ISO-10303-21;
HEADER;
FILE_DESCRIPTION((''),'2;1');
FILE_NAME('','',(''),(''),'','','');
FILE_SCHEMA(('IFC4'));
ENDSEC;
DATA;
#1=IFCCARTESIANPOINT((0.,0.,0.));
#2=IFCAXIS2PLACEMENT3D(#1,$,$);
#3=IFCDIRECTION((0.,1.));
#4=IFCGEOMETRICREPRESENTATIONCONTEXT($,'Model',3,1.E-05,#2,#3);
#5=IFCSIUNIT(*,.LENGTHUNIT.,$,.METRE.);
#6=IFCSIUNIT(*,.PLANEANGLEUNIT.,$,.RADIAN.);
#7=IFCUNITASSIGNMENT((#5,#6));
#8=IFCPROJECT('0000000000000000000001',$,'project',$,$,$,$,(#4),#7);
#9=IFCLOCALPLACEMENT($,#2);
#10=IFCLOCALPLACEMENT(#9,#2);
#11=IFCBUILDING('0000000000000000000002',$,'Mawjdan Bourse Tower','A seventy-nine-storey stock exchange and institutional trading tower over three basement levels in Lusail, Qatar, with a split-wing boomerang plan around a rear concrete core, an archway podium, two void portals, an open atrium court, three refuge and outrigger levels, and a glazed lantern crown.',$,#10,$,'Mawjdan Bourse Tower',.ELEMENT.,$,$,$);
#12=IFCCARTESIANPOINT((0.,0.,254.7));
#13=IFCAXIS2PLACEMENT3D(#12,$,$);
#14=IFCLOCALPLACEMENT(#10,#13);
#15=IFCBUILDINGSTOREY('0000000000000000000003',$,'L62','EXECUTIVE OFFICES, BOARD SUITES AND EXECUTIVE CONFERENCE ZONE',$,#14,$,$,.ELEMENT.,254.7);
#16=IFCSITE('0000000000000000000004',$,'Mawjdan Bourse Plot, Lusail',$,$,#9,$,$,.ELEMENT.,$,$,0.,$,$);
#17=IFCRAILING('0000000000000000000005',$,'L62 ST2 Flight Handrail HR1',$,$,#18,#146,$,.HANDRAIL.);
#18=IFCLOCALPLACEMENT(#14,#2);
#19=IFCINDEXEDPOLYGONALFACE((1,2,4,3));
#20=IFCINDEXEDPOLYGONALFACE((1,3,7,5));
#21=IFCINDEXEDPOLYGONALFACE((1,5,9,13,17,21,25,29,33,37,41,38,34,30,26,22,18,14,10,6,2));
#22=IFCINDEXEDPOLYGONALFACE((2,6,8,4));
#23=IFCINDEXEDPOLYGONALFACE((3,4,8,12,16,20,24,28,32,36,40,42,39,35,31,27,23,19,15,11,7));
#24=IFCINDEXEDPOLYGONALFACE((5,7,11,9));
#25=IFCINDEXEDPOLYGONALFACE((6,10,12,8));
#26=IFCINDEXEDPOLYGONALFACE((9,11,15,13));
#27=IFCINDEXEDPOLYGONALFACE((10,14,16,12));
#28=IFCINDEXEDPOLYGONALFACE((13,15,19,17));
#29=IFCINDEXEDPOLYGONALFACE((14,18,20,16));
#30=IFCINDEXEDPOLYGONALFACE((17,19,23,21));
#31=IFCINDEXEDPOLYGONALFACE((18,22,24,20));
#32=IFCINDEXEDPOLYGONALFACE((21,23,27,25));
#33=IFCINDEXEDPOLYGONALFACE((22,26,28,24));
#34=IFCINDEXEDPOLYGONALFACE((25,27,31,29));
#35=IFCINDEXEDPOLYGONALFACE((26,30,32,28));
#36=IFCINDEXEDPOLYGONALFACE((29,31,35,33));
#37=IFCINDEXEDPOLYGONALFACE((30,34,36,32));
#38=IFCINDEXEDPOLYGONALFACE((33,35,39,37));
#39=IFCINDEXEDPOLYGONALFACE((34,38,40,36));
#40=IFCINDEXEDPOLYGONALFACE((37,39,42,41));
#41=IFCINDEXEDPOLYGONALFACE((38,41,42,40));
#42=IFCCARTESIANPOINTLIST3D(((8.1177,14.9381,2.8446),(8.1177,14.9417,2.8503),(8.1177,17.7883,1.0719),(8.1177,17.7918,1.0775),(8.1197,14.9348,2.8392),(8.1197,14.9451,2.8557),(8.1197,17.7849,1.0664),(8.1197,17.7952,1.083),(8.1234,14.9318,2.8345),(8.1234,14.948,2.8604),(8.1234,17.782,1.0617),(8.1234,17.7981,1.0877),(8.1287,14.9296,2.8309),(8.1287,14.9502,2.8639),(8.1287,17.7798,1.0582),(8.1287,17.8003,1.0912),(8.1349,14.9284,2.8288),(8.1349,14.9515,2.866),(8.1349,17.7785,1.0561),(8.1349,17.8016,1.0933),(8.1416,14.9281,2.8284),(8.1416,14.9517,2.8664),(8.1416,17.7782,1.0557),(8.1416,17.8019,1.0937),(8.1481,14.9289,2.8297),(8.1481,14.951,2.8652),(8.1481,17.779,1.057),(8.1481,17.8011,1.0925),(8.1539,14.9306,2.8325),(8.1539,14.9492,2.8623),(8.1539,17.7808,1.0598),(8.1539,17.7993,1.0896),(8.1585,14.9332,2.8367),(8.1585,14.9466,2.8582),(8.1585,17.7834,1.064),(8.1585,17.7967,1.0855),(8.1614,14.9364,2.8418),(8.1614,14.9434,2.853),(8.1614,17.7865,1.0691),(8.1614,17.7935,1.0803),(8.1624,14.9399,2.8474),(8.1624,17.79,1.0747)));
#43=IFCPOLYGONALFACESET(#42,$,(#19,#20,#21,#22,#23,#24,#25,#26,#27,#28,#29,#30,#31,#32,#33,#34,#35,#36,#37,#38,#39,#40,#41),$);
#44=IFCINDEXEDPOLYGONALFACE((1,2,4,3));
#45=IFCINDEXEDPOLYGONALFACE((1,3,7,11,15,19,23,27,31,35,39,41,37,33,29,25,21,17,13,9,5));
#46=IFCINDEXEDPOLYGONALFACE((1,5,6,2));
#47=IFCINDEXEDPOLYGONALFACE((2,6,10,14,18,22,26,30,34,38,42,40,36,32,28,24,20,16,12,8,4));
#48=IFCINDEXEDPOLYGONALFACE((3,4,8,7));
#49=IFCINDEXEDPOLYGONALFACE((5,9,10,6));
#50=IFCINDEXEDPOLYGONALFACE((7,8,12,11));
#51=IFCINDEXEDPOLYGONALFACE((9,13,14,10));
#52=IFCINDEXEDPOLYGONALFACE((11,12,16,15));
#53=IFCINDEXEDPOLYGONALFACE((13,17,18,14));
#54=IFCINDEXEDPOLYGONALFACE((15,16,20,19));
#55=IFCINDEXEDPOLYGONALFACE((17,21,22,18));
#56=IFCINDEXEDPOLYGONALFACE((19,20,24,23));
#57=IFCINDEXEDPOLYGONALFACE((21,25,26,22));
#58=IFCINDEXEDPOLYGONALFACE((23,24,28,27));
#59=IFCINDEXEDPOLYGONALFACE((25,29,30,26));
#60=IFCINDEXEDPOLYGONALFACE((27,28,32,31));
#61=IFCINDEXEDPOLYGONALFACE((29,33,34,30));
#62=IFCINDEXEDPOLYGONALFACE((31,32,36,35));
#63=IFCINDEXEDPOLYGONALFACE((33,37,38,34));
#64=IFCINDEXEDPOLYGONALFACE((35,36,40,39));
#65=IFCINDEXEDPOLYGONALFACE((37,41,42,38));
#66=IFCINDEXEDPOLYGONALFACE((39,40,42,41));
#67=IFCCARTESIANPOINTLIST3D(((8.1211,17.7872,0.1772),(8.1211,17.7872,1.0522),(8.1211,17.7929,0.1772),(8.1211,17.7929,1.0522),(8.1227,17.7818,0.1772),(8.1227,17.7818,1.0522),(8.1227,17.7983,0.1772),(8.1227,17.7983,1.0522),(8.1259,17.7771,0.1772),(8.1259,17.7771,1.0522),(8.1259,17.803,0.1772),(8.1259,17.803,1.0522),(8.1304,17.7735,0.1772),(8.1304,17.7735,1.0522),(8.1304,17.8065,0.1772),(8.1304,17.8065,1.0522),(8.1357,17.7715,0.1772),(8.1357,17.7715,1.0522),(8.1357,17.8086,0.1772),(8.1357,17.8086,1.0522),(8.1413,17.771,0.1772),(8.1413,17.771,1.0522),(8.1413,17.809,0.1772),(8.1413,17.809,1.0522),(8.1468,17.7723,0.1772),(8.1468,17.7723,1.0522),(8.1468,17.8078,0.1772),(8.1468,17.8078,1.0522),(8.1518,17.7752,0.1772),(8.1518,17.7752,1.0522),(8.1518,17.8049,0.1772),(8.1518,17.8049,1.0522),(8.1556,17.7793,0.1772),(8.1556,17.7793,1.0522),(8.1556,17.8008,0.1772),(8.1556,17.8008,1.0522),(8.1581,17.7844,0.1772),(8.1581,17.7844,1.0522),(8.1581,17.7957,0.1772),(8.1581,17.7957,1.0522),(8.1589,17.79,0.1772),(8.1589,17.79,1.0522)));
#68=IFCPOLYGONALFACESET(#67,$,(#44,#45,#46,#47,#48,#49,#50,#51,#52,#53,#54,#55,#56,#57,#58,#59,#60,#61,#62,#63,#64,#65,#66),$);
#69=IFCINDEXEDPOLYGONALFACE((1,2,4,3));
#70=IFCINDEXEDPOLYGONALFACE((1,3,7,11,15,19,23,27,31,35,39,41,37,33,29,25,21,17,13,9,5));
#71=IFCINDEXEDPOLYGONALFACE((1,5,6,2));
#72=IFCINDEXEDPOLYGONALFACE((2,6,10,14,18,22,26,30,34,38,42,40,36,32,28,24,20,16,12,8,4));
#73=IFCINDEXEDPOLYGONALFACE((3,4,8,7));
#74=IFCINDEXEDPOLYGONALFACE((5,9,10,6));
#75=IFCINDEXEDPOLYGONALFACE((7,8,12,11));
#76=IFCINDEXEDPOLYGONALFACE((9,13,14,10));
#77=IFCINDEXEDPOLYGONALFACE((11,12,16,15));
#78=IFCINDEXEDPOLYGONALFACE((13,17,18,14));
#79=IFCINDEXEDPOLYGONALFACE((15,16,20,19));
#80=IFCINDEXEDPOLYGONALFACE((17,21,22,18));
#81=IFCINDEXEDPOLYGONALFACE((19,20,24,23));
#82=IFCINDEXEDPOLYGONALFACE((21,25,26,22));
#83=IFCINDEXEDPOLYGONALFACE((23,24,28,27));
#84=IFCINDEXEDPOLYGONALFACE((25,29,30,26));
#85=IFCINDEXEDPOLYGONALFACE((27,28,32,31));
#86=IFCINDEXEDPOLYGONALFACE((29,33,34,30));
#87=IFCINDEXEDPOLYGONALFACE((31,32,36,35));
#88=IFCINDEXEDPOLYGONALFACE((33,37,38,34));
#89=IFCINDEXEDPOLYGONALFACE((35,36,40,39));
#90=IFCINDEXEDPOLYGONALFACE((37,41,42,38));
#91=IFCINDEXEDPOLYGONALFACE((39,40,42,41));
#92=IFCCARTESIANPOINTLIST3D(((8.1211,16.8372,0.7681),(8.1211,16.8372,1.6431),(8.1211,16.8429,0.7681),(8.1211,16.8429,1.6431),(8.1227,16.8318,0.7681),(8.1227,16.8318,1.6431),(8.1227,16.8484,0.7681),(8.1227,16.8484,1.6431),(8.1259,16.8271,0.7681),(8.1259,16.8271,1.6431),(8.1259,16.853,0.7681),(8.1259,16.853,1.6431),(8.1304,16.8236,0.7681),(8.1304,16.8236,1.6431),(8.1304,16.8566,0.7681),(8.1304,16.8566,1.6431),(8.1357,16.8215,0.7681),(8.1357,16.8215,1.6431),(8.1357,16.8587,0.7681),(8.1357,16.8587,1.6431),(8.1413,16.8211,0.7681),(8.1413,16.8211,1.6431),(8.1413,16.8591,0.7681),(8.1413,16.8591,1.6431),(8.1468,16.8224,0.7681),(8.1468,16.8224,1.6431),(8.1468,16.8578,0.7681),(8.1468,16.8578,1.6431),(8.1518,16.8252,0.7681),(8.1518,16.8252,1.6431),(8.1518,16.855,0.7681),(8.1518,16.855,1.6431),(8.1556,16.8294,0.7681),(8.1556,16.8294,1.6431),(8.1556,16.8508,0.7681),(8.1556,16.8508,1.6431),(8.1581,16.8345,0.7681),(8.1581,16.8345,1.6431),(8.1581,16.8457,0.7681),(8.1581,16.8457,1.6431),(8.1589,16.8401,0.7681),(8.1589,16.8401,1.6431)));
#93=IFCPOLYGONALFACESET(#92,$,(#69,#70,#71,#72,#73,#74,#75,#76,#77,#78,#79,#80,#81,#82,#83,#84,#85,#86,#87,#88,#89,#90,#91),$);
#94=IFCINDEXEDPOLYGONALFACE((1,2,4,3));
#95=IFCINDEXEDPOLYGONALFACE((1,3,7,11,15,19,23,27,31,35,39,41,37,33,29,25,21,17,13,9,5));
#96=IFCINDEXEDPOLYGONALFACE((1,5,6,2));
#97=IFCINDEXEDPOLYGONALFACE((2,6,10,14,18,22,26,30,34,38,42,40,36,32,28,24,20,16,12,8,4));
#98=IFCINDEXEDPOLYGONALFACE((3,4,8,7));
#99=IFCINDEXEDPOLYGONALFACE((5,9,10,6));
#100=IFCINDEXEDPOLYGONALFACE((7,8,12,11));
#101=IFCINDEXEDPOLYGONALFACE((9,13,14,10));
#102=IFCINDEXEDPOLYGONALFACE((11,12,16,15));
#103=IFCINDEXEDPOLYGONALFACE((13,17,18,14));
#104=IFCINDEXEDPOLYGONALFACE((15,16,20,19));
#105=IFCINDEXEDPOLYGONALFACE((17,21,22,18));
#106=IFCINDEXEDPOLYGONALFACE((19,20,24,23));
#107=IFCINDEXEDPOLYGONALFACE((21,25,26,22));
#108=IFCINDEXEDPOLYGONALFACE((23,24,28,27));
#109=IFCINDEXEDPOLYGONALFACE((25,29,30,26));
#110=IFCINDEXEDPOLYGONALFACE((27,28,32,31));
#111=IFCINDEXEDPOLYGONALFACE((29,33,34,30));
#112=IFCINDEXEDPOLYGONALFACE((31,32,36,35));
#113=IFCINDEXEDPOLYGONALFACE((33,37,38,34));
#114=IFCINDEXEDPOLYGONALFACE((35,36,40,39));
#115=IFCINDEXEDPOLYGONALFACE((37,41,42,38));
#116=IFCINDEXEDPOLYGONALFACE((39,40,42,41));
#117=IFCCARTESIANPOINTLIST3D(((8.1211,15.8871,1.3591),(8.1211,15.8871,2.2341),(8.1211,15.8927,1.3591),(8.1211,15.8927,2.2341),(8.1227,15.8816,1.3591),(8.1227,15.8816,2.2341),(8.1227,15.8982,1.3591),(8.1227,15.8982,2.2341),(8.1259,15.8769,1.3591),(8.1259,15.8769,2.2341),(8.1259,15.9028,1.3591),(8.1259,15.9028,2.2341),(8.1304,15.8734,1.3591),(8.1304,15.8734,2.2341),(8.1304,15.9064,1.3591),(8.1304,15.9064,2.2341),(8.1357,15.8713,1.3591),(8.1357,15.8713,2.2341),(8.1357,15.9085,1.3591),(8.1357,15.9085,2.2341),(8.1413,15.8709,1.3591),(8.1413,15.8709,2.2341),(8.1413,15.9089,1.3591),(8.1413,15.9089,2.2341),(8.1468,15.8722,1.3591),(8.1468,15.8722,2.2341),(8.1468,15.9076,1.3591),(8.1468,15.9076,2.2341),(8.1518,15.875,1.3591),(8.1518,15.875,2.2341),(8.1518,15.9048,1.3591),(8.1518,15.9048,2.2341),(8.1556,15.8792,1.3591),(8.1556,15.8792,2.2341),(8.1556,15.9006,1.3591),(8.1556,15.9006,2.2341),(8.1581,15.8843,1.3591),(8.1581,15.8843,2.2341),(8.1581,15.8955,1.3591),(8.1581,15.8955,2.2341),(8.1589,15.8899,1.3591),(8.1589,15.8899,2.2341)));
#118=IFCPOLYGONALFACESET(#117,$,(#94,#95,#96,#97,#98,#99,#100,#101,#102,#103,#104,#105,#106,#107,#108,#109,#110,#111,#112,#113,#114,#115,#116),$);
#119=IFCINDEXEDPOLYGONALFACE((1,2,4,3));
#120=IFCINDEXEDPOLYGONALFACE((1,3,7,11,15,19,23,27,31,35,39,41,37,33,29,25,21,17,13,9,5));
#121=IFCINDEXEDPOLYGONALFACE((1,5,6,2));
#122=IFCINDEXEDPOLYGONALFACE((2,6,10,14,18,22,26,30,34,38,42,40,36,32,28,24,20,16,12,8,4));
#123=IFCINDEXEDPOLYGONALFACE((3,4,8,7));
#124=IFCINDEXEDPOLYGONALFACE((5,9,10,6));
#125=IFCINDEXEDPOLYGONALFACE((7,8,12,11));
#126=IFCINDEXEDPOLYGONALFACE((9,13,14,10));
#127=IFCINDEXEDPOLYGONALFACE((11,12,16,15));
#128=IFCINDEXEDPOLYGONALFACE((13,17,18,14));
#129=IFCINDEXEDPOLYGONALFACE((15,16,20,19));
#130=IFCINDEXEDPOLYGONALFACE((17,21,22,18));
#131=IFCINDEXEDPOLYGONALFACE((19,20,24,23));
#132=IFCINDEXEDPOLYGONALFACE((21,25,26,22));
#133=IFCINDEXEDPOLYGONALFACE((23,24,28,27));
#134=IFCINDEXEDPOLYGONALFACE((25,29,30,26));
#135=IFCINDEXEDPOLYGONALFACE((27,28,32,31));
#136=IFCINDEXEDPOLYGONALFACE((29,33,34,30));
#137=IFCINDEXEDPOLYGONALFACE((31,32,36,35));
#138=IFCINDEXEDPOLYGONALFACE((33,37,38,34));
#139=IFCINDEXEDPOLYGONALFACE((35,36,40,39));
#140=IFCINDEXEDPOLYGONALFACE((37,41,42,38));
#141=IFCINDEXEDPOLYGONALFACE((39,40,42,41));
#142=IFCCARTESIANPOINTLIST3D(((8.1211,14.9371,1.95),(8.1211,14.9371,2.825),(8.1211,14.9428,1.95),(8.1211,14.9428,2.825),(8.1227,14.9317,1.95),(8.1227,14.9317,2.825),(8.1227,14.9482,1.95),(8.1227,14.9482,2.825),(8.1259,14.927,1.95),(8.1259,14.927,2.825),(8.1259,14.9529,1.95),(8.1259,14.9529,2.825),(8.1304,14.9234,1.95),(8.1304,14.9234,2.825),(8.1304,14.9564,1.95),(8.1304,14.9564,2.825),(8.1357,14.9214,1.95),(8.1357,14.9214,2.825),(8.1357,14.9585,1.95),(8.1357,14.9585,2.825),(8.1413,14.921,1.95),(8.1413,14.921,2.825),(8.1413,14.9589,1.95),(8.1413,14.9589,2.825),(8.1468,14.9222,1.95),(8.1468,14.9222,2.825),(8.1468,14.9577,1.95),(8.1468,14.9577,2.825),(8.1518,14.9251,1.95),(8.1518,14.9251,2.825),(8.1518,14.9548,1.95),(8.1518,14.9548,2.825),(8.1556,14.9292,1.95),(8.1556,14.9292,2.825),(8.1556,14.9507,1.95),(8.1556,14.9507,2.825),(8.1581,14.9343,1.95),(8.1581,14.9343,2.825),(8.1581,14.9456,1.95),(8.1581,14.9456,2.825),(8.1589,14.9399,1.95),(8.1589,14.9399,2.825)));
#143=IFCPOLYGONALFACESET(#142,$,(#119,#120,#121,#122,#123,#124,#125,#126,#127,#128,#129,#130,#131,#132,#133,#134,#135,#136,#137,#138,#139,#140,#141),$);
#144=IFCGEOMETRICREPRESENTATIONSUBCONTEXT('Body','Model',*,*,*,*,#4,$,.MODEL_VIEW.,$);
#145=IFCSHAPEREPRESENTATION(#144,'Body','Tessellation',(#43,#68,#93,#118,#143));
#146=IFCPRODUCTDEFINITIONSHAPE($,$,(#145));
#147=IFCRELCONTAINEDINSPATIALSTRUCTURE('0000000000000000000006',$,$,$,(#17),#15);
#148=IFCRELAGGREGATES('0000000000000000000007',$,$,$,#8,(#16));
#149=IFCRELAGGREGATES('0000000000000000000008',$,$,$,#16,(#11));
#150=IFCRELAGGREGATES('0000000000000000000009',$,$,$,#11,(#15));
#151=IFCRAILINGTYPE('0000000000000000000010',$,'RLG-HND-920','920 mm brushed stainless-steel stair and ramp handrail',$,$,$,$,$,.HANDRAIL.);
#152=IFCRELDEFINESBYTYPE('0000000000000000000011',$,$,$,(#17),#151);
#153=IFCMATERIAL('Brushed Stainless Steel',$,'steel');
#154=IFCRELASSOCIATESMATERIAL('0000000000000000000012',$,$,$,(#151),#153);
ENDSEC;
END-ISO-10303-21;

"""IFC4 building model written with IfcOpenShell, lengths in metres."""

from ifc_helpers import new_model, si_unit, direction, frame, origin, origin_2d, place, context, subcontext, project, spatial, circle, extrude, material, type_object, element, save


model = new_model("IFC4")

# Units and contexts
model_context = context("Model", 3, precision=1e-05, world=origin(), true_north=direction((0.0, 1.0)))
body_context = subcontext(model_context, "Body", "Model", "MODEL_VIEW")
ifc_project = project(units=[si_unit("LENGTHUNIT", "METRE"), si_unit("PLANEANGLEUNIT", "RADIAN")], contexts=[model_context])

# Site, building, storey
site_placement = place(None, origin())
site = spatial("IfcSite", under=ifc_project, at=site_placement, Name="Mawjdan Bourse Plot, Lusail", CompositionType="ELEMENT", RefElevation=0.0)
building_placement = place(site_placement, origin())
building = spatial("IfcBuilding", under=site, at=building_placement, Name="Mawjdan Bourse Tower", Description="A seventy-nine-storey stock exchange and institutional trading tower over three basement levels in Lusail, Qatar, with a split-wing boomerang plan around a rear concrete core, an archway podium, two void portals, an open atrium court, three refuge and outrigger levels, and a glazed lantern crown.", LongName="Mawjdan Bourse Tower", CompositionType="ELEMENT")
storey_placement = place(building_placement, frame((0.0, 0.0, 254.7)))
storey = spatial("IfcBuildingStorey", under=building, at=storey_placement, Name="L62", Description="EXECUTIVE OFFICES, BOARD SUITES AND EXECUTIVE CONFERENCE ZONE", CompositionType="ELEMENT", Elevation=254.7)

# Shared definitions
ifc_material_1 = material(Name="Brushed Stainless Steel", Category="steel")

# Railing
railing_type_1 = type_object("IfcRailingType", Name="RLG-HND-920", Description="920 mm brushed stainless-steel stair and ramp handrail", PredefinedType="HANDRAIL", material=ifc_material_1)
railing_1_placement = place(storey_placement, frame((8.1399, 17.79, 0.1772)))
element("IfcRailing", 1, at=railing_1_placement, inside=storey, type_object=railing_type_1, Name="L62 ST2 Flight Handrail HR1", PredefinedType="HANDRAIL", context=body_context, shape_type="SweptSolid", body=[
    extrude(circle(Radius=0.0225, at=origin_2d()), frame((0.0, 0.0, 0.8975), z_axis=(0.0, -0.849149, 0.528154), x_axis=(1.0, 0.0, 0.0)), (0.0, 0.0, 1.0), 3.3564),
    extrude(circle(Radius=0.019, at=origin_2d()), origin(), (0.0, 0.0, 1.0), 0.875),
    extrude(circle(Radius=0.019, at=origin_2d()), frame((0.0, -0.95, 0.5908)), (0.0, 0.0, 1.0), 0.875),
    extrude(circle(Radius=0.019, at=origin_2d()), frame((0.0, -1.9001, 1.1819)), (0.0, 0.0, 1.0), 0.875),
    extrude(circle(Radius=0.019, at=origin_2d()), frame((0.0, -2.8501, 1.7727)), (0.0, 0.0, 1.0), 0.875),
])

save(model, "model.ifc")
